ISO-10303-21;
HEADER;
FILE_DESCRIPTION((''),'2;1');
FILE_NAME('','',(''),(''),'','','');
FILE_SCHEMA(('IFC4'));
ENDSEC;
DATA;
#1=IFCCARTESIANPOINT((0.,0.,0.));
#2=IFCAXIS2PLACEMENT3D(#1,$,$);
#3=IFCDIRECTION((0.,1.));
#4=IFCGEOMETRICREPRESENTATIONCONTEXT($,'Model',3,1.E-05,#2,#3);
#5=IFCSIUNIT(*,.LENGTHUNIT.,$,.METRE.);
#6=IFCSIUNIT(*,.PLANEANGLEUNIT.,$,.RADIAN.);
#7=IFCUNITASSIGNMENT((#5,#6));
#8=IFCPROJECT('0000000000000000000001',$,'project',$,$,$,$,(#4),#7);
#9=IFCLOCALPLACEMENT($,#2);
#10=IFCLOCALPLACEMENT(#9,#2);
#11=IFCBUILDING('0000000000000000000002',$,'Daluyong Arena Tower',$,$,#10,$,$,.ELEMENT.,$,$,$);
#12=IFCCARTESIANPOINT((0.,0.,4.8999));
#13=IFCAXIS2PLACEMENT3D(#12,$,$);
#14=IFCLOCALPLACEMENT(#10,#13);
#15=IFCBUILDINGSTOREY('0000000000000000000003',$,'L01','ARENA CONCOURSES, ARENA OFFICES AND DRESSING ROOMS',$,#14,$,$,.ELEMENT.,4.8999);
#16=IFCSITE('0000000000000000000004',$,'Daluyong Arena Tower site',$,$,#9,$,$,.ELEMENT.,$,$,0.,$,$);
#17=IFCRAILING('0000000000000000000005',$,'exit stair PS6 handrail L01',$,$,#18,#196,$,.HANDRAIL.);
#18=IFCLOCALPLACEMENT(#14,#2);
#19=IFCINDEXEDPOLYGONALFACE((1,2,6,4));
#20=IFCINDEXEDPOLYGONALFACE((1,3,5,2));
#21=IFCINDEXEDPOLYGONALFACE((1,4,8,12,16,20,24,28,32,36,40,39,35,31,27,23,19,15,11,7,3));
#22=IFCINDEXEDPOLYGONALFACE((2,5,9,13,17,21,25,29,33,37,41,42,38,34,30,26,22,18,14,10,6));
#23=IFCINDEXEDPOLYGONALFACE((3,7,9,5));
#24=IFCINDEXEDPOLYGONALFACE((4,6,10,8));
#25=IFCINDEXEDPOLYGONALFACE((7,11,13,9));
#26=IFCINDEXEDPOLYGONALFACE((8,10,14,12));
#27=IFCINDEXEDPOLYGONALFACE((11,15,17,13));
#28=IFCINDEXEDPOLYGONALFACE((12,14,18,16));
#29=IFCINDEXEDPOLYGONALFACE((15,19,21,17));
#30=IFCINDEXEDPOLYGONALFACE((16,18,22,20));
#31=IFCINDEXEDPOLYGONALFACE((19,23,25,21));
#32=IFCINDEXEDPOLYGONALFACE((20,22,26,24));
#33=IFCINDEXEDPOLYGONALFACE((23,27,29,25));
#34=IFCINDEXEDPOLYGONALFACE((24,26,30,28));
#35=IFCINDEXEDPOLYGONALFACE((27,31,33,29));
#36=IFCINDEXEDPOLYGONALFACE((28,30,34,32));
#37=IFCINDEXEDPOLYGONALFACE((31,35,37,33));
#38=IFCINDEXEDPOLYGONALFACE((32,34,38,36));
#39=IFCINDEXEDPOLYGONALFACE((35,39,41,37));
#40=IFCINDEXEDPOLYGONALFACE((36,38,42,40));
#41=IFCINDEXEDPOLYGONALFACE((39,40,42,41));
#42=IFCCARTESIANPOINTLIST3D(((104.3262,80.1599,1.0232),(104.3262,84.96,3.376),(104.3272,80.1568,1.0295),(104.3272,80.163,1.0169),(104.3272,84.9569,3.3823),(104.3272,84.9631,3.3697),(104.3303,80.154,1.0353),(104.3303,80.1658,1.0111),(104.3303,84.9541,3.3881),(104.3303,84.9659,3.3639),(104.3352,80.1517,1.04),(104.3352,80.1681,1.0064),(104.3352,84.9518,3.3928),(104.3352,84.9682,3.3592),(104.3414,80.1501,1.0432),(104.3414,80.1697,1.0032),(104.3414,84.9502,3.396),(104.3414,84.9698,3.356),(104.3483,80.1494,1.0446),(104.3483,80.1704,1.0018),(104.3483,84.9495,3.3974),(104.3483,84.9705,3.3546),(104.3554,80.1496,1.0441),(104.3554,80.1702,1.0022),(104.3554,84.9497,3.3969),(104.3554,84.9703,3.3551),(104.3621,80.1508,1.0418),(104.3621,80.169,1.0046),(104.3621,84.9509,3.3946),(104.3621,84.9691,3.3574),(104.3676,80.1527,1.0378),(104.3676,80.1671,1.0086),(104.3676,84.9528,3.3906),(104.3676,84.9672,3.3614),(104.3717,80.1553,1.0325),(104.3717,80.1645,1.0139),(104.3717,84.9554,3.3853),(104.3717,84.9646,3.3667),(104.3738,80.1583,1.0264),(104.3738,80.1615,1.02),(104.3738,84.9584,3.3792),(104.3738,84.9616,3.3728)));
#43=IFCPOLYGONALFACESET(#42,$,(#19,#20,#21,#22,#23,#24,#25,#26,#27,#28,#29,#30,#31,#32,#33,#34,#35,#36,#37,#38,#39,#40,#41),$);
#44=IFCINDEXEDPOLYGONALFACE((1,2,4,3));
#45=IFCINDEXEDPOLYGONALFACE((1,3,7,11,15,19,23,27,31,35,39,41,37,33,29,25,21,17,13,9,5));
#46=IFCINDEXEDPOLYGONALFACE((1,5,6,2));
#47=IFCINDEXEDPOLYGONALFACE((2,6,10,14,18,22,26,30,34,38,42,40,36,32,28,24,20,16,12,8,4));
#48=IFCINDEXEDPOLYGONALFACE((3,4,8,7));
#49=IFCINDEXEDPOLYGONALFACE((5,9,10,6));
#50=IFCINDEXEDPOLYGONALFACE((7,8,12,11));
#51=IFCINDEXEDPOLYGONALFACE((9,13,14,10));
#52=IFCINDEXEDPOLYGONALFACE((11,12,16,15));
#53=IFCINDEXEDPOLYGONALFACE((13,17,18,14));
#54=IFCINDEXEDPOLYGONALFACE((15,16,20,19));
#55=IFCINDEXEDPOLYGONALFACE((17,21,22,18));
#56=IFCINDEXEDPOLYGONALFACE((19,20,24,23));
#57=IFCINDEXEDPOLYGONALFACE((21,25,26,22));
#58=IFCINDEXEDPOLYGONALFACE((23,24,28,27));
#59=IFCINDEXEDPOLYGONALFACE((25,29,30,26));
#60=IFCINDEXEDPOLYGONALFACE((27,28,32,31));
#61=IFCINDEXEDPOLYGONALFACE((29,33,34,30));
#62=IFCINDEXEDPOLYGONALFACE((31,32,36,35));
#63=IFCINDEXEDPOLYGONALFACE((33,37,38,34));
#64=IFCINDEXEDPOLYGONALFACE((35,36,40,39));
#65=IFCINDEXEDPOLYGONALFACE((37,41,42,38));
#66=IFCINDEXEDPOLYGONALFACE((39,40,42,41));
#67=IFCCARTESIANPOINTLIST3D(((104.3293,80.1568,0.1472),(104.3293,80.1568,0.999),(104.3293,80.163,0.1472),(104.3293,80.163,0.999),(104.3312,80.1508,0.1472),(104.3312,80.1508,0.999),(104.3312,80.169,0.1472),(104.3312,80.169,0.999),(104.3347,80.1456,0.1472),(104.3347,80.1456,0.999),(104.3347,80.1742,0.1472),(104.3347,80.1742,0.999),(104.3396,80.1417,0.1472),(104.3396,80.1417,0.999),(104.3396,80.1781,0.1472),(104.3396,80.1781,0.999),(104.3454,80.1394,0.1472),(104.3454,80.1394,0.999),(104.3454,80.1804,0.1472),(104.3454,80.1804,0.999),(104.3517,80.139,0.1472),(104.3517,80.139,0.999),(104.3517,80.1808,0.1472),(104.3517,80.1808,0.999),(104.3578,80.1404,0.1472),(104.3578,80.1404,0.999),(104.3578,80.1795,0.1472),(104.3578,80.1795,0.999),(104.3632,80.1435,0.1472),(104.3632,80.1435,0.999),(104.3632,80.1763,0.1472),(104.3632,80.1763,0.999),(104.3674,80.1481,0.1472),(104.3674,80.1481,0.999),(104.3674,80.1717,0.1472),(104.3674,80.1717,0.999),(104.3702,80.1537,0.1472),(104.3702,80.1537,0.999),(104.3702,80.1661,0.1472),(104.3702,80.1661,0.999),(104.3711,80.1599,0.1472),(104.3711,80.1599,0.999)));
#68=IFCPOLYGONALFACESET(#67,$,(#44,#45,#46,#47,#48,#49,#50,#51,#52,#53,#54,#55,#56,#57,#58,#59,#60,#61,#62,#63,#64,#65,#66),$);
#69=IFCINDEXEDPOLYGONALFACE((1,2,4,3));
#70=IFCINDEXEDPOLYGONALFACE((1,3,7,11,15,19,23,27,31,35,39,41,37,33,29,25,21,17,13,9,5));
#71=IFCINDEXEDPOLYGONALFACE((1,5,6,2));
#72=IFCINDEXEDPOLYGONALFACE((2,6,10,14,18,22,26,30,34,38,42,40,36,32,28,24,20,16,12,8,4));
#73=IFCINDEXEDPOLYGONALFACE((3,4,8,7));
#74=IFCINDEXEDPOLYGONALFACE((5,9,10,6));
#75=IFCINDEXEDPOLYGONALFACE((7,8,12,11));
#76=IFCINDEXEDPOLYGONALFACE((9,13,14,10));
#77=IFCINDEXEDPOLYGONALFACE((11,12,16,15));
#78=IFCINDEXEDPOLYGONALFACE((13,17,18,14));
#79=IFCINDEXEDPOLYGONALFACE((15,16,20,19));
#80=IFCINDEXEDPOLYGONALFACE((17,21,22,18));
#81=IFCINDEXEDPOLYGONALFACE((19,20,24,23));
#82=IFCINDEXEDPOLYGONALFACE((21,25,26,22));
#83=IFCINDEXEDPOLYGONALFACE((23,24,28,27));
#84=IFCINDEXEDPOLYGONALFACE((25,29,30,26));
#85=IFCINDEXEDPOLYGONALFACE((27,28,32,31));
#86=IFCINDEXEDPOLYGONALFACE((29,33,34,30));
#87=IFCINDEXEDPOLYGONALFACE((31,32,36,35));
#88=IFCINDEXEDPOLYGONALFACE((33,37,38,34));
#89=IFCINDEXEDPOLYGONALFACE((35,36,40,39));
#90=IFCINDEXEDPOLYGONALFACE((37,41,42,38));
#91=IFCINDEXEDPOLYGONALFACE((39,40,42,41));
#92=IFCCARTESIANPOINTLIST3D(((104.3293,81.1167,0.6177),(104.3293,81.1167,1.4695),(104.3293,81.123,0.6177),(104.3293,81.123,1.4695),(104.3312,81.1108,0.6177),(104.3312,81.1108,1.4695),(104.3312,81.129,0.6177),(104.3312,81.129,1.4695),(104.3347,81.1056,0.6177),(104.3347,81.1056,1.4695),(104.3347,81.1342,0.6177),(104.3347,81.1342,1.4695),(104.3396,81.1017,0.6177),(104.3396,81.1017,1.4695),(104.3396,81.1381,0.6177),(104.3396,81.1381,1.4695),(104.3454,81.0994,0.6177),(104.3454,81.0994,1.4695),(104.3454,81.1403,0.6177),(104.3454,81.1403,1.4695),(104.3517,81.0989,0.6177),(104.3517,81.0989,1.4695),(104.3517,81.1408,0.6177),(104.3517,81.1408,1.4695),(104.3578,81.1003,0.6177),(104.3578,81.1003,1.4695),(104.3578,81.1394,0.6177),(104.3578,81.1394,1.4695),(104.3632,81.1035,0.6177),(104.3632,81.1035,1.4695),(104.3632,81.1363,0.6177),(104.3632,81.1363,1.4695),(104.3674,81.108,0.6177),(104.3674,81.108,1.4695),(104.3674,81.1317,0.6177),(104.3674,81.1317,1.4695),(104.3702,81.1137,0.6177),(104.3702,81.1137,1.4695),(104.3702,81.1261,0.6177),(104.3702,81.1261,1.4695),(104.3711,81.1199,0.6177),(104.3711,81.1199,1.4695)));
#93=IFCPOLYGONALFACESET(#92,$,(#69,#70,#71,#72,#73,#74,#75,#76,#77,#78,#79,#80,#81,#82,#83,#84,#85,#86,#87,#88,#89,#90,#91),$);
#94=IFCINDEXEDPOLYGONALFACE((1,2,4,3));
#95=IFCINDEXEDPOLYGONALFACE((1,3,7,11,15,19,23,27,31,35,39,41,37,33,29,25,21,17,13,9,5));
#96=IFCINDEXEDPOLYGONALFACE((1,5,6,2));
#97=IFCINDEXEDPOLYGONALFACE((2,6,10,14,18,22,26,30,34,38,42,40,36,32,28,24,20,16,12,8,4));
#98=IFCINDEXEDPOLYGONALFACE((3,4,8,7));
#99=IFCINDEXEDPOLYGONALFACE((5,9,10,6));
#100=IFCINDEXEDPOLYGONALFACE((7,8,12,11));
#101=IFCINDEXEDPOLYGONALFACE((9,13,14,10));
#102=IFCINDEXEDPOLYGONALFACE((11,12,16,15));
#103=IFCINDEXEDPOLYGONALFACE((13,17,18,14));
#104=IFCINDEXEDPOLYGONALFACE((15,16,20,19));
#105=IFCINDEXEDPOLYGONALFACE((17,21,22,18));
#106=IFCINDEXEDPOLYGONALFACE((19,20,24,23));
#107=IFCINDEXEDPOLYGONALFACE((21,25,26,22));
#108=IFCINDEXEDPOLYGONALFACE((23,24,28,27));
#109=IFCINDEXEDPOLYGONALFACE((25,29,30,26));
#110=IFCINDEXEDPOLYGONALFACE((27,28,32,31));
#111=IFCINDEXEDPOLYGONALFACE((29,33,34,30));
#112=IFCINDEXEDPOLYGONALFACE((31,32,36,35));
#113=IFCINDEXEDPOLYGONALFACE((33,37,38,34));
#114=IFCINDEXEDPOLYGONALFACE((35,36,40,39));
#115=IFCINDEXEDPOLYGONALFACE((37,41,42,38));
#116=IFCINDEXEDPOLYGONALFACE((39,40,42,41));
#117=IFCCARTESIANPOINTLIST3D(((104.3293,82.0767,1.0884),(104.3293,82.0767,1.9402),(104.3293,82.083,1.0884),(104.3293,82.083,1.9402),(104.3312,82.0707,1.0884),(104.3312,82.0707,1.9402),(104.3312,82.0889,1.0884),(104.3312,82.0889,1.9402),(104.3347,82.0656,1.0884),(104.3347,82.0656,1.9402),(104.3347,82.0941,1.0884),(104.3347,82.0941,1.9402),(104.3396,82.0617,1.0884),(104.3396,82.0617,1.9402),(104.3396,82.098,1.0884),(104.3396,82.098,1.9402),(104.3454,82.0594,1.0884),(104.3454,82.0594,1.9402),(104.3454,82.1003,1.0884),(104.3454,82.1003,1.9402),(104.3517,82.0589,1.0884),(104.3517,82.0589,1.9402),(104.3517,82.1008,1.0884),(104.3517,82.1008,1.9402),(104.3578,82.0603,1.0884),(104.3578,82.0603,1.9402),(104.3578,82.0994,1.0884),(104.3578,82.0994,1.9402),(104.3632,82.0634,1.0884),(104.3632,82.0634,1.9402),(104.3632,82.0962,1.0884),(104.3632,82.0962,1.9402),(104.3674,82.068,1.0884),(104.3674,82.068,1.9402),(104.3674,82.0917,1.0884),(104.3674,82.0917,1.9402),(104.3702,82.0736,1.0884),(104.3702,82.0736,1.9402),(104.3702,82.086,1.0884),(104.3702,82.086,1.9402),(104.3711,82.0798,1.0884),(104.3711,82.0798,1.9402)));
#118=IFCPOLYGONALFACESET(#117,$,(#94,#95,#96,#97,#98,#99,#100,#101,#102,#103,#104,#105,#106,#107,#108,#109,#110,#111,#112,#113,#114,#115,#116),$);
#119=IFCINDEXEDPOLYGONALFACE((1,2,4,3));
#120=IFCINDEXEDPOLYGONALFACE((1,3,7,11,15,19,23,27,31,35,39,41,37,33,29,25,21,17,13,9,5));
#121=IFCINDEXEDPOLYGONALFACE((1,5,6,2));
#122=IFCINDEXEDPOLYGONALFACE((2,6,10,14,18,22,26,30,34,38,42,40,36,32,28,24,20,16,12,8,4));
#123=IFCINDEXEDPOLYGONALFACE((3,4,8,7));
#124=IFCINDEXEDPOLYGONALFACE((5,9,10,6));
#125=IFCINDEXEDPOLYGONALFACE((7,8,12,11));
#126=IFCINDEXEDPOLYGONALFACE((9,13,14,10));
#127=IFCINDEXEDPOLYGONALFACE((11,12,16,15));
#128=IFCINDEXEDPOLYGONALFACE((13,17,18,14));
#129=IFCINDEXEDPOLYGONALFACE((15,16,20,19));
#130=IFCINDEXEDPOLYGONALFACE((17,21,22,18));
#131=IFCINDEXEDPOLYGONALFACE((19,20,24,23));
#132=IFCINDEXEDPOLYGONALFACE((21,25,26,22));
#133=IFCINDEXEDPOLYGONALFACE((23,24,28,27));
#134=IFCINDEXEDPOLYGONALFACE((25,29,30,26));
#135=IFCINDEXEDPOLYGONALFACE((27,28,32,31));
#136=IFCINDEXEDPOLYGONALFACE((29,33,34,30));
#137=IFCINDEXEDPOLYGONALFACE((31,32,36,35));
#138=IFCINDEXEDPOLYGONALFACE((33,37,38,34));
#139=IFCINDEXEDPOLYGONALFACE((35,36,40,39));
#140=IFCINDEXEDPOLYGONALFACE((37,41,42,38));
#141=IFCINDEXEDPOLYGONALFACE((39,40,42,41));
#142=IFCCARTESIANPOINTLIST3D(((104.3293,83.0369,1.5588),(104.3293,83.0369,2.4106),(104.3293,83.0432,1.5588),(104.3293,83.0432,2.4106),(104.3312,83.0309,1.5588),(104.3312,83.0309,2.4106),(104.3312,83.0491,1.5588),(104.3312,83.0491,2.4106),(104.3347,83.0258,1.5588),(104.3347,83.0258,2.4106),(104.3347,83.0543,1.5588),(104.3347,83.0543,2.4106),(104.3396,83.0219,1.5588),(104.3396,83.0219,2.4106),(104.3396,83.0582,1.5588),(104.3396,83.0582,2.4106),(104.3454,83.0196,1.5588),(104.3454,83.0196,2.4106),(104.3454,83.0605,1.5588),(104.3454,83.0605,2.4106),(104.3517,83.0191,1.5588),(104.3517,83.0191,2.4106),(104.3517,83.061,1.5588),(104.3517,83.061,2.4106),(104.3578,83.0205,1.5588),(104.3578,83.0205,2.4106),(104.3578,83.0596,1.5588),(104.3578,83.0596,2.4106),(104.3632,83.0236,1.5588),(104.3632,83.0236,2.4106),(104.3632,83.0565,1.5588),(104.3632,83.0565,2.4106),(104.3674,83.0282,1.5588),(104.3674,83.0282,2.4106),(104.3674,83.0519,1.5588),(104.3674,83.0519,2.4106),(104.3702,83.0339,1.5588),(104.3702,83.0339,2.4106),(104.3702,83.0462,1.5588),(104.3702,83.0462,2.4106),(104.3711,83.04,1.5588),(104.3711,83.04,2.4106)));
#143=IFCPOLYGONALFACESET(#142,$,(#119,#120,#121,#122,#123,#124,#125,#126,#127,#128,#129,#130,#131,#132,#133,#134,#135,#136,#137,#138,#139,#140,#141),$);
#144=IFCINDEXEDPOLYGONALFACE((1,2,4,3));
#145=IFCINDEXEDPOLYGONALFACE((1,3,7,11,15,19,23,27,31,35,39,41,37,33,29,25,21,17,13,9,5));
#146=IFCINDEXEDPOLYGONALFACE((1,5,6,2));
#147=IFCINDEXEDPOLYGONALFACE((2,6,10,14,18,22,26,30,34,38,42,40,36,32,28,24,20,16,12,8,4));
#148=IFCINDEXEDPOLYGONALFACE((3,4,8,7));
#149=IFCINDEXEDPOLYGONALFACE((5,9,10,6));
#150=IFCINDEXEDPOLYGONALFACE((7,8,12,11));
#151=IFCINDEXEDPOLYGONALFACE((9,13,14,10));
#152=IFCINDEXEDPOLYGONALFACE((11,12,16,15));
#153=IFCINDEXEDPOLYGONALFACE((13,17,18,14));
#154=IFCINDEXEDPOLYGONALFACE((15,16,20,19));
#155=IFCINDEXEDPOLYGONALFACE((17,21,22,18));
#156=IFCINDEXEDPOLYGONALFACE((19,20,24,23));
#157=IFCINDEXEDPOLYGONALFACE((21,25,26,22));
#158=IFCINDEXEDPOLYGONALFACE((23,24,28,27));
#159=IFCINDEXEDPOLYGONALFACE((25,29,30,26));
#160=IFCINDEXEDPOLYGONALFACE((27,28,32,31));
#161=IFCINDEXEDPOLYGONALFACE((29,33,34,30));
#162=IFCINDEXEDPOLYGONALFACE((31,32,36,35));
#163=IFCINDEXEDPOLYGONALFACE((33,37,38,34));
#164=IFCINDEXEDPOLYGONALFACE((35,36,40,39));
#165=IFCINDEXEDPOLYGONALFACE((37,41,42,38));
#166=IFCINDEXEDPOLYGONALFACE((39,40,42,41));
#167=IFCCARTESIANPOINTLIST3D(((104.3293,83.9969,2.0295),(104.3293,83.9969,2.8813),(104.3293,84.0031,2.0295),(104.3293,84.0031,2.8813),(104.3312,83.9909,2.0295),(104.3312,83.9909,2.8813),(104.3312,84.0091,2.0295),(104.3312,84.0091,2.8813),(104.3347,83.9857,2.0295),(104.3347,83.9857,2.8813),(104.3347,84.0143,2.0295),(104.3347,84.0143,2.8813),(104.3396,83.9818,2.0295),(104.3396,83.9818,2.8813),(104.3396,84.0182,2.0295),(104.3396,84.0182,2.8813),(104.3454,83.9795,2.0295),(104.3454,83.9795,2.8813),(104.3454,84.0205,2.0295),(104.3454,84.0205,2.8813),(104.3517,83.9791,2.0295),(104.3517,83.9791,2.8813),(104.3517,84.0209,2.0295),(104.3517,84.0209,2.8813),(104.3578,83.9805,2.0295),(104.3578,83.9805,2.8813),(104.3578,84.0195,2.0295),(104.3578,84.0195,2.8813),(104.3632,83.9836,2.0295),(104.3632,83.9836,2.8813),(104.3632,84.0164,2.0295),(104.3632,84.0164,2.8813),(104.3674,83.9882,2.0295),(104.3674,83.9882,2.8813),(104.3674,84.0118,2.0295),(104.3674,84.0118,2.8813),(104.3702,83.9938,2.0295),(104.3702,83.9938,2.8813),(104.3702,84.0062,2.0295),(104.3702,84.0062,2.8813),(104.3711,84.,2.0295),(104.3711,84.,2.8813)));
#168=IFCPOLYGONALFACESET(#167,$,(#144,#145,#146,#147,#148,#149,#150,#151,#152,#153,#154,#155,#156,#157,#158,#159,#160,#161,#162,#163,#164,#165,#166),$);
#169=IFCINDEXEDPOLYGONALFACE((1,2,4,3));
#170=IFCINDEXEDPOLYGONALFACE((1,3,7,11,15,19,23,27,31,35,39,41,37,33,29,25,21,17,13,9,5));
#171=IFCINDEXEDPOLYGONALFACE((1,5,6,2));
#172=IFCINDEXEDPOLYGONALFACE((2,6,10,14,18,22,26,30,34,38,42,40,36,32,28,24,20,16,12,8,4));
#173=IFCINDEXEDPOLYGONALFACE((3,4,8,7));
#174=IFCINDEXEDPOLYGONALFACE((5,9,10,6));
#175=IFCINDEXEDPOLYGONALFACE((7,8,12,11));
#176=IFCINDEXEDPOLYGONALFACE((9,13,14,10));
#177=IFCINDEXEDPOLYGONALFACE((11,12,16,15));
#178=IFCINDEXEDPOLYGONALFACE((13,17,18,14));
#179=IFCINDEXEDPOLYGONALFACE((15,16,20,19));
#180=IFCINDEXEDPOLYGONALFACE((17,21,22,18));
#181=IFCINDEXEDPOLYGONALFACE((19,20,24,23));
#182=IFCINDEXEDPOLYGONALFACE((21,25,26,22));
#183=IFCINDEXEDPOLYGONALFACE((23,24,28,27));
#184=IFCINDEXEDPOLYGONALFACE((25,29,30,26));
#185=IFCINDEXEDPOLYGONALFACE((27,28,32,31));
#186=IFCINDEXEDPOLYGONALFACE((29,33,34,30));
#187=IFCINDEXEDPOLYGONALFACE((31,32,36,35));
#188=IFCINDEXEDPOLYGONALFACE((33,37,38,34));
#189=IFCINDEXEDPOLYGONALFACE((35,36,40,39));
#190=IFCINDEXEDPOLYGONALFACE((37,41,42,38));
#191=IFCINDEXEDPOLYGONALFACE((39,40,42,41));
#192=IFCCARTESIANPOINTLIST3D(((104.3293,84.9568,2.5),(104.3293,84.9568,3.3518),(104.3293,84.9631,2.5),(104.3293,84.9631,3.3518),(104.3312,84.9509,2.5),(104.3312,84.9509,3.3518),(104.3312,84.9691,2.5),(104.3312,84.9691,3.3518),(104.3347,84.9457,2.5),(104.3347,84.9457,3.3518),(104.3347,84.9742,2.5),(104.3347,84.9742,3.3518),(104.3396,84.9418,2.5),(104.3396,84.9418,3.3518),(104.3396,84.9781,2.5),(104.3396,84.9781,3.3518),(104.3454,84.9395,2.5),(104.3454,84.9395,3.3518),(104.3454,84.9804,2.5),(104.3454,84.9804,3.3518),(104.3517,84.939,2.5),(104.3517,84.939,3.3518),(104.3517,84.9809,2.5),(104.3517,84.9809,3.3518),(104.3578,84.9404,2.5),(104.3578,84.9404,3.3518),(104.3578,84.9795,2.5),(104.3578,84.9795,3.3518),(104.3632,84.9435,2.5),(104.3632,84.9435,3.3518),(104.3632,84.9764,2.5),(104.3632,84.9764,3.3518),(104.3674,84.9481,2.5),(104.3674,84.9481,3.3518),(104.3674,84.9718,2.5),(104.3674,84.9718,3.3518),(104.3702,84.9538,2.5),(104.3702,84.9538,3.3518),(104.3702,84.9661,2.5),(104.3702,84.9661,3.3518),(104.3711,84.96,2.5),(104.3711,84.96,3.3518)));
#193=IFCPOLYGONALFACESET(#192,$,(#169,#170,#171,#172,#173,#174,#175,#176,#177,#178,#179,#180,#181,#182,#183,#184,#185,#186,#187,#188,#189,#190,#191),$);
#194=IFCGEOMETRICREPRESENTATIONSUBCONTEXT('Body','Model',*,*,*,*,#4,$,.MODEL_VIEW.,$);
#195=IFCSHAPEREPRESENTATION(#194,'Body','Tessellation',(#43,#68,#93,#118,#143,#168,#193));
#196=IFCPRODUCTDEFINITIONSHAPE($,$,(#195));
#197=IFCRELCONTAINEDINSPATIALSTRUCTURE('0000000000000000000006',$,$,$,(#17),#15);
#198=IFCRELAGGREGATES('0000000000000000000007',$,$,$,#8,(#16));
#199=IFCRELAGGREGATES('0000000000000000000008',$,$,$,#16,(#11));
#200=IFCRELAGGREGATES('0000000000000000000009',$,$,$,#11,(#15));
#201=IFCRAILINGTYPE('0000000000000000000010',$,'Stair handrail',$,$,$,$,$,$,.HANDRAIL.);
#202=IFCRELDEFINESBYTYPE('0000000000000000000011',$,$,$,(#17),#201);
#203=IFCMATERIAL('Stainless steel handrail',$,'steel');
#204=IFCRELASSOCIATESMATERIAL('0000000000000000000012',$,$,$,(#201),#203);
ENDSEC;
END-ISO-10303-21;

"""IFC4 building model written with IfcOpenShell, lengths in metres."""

from ifc_helpers import new_model, si_unit, direction, frame, origin, origin_2d, place, context, subcontext, project, spatial, circle, extrude, material, type_object, element, save


model = new_model("IFC4")

# Units and contexts
model_context = context("Model", 3, precision=1e-05, world=origin(), true_north=direction((0.0, 1.0)))
body_context = subcontext(model_context, "Body", "Model", "MODEL_VIEW")
ifc_project = project(units=[si_unit("LENGTHUNIT", "METRE"), si_unit("PLANEANGLEUNIT", "RADIAN")], contexts=[model_context])

# Site, building, storey
site_placement = place(None, origin())
site = spatial("IfcSite", under=ifc_project, at=site_placement, Name="Daluyong Arena Tower site", CompositionType="ELEMENT", RefElevation=0.0)
building_placement = place(site_placement, origin())
building = spatial("IfcBuilding", under=site, at=building_placement, Name="Daluyong Arena Tower", CompositionType="ELEMENT")
storey_placement = place(building_placement, frame((0.0, 0.0, 4.8999)))
storey = spatial("IfcBuildingStorey", under=building, at=storey_placement, Name="L01", Description="ARENA CONCOURSES, ARENA OFFICES AND DRESSING ROOMS", CompositionType="ELEMENT", Elevation=4.8999)

# Railing
ifc_material_1 = material(Name="Stainless steel handrail", Category="steel")
railing_type_1 = type_object("IfcRailingType", Name="Stair handrail", PredefinedType="HANDRAIL", material=ifc_material_1)
railing_1_placement = place(storey_placement, frame((104.3501, 80.1599, 0.1472)))
element("IfcRailing", 1, at=railing_1_placement, inside=storey, type_object=railing_type_1, Name="exit stair PS6 handrail L01", PredefinedType="HANDRAIL", context=body_context, shape_type="SweptSolid", body=[
    extrude(circle(Radius=0.0239, at=origin_2d()), frame((0.0, 0.0, 0.876), z_axis=(0.0, 0.897934, 0.44013), x_axis=(-1.0, 0.0, 0.0)), (0.0, 0.0, 1.0), 5.3457),
    extrude(circle(Radius=0.021, at=origin_2d()), origin(), (0.0, 0.0, 1.0), 0.8518),
    extrude(circle(Radius=0.021, at=origin_2d()), frame((0.0, 0.96, 0.4705)), (0.0, 0.0, 1.0), 0.8518),
    extrude(circle(Radius=0.021, at=origin_2d()), frame((0.0, 1.9199, 0.9412)), (0.0, 0.0, 1.0), 0.8518),
    extrude(circle(Radius=0.021, at=origin_2d()), frame((0.0, 2.8801, 1.4116)), (0.0, 0.0, 1.0), 0.8518),
    extrude(circle(Radius=0.021, at=origin_2d()), frame((0.0, 3.8401, 1.8823)), (0.0, 0.0, 1.0), 0.8518),
    extrude(circle(Radius=0.021, at=origin_2d()), frame((0.0, 4.8, 2.3528)), (0.0, 0.0, 1.0), 0.8518),
])

save(model, "model.ifc")
